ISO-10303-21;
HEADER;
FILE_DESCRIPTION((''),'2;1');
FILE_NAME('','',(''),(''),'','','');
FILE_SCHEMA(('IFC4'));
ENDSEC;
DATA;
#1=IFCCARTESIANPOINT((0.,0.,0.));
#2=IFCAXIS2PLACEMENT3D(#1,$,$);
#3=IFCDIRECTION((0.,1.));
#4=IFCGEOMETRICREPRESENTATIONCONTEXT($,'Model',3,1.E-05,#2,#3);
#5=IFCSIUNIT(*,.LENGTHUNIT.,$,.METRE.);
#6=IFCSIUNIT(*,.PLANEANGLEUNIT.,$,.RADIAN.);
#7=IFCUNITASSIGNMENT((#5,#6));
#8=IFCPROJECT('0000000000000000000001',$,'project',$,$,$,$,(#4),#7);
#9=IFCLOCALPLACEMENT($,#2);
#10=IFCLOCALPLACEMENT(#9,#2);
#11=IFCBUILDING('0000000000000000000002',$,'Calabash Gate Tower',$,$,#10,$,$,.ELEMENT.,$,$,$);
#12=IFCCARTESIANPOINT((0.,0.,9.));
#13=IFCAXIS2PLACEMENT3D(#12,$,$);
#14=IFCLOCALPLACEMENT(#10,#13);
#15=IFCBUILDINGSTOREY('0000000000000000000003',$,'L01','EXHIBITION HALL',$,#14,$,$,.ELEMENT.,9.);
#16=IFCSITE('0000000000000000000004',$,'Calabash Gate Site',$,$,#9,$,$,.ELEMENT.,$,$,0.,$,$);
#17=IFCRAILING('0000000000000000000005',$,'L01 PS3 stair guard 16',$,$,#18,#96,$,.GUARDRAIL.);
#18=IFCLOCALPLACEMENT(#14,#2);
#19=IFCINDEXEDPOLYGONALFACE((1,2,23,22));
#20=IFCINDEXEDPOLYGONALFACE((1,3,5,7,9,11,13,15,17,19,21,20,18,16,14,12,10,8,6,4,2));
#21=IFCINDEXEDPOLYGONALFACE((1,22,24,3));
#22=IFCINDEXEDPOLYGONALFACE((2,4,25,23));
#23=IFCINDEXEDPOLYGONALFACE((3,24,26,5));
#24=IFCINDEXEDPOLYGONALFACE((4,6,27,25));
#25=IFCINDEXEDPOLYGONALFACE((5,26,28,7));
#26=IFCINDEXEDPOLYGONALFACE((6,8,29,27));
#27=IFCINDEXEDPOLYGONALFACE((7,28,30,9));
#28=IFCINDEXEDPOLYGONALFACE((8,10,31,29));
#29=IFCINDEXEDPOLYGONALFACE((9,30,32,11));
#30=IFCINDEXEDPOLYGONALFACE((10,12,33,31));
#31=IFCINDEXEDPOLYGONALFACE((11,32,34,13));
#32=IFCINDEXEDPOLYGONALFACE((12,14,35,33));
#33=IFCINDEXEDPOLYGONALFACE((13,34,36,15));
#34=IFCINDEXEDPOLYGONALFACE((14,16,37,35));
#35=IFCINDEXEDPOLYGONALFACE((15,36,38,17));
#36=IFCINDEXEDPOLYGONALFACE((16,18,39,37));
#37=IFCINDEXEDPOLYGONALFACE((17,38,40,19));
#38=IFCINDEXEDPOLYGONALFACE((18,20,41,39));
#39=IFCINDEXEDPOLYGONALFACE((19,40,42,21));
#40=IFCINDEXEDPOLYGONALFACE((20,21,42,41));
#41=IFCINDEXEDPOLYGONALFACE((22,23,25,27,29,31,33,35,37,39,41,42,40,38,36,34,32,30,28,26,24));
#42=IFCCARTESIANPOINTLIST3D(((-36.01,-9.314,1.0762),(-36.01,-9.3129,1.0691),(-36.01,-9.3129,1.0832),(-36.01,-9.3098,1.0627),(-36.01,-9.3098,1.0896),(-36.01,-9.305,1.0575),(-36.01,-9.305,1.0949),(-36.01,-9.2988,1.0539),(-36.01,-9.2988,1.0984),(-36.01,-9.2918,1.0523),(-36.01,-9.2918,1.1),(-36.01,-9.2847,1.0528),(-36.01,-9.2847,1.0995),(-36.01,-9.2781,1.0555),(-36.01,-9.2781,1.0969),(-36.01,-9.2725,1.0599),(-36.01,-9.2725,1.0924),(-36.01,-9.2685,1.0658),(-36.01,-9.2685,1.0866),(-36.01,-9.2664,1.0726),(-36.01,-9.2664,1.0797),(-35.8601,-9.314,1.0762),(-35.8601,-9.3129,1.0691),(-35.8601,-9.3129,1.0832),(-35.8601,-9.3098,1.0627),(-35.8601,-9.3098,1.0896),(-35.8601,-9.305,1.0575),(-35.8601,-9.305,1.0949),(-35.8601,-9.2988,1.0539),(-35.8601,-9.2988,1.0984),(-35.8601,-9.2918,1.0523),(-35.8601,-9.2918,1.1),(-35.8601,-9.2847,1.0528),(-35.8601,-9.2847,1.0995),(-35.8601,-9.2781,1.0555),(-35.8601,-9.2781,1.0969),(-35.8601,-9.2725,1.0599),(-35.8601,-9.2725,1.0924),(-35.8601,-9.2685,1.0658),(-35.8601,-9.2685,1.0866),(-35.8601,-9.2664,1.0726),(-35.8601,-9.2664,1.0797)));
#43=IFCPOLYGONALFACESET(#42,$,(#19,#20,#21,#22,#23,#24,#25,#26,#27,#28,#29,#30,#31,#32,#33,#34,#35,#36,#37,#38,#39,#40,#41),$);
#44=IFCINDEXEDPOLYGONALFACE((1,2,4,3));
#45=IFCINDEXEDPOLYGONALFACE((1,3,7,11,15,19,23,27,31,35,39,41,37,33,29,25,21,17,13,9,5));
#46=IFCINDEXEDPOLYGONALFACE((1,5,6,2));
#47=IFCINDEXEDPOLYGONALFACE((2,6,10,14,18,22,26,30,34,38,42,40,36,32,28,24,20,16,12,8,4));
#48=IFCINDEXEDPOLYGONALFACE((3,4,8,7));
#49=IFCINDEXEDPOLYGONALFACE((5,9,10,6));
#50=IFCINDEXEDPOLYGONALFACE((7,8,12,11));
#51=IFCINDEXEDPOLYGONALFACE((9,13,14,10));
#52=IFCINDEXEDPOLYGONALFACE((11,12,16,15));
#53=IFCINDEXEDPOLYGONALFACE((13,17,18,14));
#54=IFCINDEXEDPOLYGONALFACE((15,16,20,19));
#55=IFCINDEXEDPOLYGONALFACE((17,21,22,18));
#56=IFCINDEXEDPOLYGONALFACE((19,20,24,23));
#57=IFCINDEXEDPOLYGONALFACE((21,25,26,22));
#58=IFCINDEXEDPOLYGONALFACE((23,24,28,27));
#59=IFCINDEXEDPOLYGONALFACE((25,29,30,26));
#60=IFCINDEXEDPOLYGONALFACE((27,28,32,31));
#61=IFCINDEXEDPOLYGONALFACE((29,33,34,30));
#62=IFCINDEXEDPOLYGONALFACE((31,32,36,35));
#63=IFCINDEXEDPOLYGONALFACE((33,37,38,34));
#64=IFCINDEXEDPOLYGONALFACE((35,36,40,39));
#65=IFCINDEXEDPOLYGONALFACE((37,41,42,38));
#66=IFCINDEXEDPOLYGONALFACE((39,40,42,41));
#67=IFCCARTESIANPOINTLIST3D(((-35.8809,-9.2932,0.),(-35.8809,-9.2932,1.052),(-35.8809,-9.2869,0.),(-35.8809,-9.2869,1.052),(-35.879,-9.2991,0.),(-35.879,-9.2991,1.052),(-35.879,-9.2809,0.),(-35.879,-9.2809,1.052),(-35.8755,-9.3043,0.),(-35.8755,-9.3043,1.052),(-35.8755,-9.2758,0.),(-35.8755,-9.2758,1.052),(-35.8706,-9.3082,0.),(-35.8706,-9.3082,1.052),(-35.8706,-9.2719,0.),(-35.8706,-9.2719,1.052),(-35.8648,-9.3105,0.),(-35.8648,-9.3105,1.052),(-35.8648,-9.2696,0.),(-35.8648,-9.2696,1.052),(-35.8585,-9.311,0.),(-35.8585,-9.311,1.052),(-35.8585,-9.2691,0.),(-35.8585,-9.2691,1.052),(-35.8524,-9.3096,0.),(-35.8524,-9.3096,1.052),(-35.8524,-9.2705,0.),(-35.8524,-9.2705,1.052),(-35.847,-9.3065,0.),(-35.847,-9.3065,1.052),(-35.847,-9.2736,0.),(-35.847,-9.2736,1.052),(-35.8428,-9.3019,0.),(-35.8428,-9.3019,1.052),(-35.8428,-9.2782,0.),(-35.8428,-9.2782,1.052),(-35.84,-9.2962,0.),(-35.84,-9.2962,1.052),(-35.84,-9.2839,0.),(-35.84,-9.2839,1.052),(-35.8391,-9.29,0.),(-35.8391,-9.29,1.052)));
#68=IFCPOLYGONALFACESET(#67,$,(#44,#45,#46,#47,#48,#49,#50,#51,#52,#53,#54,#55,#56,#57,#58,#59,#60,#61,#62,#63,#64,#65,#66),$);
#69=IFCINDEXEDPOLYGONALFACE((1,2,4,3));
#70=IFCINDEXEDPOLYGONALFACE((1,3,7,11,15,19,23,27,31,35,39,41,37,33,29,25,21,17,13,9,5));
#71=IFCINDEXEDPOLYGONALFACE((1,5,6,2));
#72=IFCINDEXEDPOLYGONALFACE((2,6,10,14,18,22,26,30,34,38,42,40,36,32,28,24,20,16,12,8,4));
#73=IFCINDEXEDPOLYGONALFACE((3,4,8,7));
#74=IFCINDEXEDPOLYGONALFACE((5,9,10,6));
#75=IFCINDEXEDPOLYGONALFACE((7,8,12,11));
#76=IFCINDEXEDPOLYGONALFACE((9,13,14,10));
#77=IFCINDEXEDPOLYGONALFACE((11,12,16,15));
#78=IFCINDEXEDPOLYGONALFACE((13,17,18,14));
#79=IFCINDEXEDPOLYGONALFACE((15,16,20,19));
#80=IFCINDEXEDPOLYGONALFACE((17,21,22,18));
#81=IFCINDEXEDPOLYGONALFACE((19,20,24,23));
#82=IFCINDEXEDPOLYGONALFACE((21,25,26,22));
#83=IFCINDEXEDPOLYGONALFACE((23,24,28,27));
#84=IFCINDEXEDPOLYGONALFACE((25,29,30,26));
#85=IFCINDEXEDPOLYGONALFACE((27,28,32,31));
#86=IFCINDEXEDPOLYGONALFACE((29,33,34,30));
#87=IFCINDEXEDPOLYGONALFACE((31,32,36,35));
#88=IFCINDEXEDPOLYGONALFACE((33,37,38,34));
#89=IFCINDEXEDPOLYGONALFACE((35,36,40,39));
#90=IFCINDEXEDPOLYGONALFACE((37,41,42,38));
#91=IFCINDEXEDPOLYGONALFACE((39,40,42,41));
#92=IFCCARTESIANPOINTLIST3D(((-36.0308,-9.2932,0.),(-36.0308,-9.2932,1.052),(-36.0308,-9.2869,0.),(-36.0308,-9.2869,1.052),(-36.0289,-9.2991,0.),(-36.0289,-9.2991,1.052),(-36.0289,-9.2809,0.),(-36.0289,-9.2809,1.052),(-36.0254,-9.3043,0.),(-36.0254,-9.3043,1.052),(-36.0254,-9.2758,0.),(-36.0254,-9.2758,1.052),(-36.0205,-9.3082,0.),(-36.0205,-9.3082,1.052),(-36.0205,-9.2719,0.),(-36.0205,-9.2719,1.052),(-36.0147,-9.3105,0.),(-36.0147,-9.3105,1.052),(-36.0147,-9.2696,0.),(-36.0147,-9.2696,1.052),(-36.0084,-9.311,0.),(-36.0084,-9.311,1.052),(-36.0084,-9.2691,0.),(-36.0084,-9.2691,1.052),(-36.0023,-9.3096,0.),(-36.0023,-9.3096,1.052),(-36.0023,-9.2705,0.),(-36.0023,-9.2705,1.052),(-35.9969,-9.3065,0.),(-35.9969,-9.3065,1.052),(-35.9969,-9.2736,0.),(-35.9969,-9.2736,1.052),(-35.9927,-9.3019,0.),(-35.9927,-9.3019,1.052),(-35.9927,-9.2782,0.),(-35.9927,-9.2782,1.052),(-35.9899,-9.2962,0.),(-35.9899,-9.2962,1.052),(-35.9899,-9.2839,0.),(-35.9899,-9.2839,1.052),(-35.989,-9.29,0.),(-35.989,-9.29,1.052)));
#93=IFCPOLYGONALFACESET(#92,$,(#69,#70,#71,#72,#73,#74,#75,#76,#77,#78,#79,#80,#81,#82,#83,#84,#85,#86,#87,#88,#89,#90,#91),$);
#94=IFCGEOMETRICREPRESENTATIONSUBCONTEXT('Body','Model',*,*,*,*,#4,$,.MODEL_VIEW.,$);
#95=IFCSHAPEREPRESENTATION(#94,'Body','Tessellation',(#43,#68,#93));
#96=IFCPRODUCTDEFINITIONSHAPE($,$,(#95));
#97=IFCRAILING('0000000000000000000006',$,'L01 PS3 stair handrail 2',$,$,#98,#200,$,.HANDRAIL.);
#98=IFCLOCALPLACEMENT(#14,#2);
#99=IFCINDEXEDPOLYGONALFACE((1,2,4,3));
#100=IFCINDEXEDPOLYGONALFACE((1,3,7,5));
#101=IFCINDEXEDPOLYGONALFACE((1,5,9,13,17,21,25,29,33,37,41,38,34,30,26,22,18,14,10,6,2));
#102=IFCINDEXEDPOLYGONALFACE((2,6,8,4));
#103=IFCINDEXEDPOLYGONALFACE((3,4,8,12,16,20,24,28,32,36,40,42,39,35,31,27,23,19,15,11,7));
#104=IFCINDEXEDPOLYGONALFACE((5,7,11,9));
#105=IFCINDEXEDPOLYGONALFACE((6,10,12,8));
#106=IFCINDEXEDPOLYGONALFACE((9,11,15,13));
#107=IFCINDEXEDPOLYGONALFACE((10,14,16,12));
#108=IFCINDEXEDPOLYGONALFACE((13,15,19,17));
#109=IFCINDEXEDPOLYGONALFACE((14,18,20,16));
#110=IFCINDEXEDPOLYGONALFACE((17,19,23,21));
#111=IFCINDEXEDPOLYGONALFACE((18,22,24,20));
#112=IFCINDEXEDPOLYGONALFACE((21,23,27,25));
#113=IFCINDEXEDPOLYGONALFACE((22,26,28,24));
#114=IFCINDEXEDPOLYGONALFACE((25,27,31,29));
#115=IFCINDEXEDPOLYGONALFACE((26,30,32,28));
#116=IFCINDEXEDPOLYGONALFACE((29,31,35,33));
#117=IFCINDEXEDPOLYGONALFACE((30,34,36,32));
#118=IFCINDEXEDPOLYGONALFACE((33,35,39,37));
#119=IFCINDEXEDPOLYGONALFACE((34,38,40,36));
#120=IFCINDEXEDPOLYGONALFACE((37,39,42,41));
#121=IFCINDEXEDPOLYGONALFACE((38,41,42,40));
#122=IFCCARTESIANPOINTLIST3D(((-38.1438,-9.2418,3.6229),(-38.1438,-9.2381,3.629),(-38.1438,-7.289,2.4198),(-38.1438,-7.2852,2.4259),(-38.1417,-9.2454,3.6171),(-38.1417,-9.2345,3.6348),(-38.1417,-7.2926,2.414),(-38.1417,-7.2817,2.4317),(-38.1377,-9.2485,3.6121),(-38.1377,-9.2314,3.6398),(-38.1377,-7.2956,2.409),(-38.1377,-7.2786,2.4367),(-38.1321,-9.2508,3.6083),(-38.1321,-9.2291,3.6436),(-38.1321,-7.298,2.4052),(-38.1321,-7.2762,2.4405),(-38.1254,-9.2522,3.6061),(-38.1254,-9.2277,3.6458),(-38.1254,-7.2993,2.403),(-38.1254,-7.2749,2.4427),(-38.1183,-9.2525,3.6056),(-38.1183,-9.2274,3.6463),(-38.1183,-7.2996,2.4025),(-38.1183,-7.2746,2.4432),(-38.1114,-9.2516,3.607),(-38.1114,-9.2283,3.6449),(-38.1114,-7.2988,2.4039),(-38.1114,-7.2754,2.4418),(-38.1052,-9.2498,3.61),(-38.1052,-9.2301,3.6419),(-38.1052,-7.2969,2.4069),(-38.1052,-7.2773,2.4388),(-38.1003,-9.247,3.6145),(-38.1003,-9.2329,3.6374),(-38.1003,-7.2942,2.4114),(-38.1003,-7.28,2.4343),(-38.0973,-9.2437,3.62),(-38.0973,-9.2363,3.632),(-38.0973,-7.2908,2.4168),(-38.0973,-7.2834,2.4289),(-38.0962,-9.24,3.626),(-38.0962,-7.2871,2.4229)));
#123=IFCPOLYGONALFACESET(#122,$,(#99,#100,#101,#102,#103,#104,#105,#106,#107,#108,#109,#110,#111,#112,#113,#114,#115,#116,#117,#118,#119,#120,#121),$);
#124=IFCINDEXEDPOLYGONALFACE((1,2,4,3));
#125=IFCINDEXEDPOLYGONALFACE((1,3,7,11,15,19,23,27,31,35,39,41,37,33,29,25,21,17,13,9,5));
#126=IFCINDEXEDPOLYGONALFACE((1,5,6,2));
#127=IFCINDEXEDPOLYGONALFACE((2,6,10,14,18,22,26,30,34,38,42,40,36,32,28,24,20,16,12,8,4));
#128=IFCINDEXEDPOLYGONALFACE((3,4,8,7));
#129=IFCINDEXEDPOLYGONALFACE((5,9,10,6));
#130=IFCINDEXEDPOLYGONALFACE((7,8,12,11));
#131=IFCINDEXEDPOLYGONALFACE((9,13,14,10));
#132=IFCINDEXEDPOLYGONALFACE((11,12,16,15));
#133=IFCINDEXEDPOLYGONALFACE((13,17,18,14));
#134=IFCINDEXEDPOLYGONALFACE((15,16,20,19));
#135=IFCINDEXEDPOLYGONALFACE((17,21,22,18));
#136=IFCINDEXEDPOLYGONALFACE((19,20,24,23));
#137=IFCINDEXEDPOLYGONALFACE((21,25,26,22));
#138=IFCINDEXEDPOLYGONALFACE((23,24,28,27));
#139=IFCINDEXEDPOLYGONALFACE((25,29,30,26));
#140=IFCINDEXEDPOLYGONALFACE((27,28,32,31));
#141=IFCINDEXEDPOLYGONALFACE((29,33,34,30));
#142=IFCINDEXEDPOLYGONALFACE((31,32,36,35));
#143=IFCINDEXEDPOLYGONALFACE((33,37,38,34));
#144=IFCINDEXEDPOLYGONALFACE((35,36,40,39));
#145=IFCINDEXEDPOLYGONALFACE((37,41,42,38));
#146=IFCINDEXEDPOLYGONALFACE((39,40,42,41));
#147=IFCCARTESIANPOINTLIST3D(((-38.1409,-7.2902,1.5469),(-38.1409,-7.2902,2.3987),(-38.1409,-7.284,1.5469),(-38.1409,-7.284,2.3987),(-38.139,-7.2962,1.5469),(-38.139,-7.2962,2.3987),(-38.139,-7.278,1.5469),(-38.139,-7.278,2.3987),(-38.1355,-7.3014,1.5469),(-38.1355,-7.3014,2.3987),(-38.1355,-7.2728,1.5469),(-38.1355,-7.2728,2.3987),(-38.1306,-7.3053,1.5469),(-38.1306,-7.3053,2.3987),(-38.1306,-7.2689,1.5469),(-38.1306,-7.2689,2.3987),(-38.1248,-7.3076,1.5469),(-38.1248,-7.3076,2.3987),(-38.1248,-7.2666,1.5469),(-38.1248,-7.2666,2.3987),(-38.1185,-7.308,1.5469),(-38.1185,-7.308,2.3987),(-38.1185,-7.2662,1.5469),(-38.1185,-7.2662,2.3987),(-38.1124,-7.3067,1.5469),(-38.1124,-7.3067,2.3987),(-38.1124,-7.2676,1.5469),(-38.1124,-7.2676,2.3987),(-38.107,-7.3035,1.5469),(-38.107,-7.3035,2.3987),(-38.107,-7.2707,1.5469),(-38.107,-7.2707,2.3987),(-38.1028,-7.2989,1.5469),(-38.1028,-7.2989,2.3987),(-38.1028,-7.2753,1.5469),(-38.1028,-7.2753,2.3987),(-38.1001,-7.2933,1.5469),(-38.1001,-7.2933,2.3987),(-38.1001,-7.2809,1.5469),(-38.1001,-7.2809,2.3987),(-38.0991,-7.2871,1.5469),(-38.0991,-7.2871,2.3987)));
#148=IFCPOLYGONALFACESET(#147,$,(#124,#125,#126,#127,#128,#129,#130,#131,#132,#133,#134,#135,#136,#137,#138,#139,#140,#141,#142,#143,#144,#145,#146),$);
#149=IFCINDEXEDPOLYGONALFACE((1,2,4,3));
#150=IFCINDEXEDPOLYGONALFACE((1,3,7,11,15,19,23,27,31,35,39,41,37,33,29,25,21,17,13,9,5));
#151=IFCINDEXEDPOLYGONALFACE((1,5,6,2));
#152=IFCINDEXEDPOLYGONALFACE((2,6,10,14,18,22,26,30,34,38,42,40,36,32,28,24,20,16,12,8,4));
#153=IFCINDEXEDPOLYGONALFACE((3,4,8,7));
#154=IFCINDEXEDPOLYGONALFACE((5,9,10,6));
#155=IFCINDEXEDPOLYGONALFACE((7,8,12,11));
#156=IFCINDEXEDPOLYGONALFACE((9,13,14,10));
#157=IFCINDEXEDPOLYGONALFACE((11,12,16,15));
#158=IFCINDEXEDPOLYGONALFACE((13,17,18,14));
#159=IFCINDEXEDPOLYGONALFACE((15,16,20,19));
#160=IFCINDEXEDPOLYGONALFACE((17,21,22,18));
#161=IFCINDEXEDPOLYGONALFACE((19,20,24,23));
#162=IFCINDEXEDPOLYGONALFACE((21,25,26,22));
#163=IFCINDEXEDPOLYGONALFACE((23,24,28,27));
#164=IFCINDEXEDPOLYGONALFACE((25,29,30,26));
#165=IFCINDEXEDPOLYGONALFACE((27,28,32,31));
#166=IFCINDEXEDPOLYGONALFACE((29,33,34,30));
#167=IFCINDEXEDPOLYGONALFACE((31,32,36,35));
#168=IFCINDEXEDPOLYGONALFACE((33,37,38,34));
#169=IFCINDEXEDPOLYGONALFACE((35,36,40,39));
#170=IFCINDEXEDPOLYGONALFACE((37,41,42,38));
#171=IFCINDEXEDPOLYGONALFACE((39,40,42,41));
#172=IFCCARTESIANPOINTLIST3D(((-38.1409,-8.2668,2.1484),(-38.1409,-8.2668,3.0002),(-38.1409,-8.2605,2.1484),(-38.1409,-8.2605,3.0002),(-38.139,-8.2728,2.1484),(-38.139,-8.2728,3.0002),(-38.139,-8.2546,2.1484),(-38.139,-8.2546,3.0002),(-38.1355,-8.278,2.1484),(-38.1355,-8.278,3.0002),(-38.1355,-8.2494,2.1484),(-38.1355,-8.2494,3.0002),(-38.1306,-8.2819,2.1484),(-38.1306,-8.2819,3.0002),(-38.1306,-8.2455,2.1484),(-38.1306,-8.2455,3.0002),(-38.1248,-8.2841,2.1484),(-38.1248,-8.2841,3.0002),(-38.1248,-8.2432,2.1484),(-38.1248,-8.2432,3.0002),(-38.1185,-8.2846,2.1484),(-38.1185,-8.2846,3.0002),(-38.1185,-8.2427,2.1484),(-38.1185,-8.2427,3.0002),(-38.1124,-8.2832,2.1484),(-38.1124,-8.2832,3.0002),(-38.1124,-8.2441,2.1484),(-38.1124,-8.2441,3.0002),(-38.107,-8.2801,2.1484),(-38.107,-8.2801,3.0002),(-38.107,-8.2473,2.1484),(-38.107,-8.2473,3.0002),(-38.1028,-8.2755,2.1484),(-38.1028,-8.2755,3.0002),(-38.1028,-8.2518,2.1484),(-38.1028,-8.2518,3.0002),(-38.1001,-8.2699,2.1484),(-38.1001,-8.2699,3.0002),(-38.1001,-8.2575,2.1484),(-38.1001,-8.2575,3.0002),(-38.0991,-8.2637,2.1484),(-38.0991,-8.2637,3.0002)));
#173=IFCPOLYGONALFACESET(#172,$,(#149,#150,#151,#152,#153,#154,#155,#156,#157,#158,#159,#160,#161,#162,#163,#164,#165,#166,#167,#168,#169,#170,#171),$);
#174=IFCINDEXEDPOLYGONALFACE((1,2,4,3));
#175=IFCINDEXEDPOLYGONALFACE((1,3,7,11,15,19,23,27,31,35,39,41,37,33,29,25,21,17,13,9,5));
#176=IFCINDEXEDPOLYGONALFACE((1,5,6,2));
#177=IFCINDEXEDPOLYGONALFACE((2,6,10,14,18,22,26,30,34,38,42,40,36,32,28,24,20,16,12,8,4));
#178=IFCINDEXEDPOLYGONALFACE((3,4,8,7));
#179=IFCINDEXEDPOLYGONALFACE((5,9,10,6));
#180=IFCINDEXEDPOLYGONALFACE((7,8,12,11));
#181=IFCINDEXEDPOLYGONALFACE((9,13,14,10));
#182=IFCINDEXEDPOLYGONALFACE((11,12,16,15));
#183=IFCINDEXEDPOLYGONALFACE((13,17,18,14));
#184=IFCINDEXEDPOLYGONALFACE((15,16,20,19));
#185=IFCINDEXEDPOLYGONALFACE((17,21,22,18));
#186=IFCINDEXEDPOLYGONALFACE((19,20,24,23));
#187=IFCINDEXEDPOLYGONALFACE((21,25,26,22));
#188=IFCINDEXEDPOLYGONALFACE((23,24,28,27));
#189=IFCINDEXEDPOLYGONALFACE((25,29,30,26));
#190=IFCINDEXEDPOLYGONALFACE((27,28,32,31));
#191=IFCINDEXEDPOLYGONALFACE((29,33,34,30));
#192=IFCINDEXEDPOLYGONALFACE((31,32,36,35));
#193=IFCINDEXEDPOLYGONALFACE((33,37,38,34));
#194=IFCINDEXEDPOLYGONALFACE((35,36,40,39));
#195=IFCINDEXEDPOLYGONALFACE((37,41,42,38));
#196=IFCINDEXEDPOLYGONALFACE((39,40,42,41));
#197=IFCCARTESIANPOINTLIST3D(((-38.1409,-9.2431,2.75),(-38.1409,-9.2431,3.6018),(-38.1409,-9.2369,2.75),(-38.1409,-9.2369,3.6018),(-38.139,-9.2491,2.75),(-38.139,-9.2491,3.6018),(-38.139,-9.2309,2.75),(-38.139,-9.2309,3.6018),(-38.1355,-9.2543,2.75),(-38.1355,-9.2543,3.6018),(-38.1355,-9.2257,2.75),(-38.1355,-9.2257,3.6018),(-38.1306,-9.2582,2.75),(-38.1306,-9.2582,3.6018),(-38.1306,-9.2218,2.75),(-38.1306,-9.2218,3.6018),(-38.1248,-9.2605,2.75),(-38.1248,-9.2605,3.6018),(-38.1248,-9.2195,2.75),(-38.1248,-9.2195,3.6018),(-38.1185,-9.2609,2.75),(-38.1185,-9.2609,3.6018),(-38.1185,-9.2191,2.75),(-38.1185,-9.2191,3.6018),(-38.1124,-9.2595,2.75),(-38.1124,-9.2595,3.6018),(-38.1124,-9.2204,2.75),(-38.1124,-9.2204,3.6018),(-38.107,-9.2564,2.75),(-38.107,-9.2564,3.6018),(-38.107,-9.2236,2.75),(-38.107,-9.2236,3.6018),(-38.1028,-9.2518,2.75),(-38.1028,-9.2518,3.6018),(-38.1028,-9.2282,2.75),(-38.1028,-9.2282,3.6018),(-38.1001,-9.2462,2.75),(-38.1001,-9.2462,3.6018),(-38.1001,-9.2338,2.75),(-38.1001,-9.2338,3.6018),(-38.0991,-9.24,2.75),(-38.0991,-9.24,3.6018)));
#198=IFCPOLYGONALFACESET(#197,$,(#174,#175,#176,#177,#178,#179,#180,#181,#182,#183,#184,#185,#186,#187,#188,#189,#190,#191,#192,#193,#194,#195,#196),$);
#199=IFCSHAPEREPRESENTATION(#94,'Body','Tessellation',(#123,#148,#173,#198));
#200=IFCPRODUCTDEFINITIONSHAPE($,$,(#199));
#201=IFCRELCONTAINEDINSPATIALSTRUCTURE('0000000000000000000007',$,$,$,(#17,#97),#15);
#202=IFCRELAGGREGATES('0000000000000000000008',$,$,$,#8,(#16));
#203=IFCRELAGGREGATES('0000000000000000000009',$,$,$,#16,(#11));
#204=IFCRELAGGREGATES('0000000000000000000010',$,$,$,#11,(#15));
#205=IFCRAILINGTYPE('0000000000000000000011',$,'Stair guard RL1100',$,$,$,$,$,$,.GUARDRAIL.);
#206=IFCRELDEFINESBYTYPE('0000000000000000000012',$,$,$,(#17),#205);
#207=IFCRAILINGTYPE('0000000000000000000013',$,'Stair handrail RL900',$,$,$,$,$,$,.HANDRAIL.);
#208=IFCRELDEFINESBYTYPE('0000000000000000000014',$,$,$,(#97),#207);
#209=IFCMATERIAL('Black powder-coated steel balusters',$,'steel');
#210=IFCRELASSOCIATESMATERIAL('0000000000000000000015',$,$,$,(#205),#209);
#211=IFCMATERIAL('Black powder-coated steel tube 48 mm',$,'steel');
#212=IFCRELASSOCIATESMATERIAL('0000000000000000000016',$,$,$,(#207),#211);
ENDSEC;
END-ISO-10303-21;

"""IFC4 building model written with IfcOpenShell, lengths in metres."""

from ifc_helpers import new_model, si_unit, direction, frame, origin, origin_2d, place, context, subcontext, project, spatial, circle, extrude, material, type_object, element, save


model = new_model("IFC4")

# Units and contexts
model_context = context("Model", 3, precision=1e-05, world=origin(), true_north=direction((0.0, 1.0)))
body_context = subcontext(model_context, "Body", "Model", "MODEL_VIEW")
ifc_project = project(units=[si_unit("LENGTHUNIT", "METRE"), si_unit("PLANEANGLEUNIT", "RADIAN")], contexts=[model_context])

# Site, building, storey
site_placement = place(None, origin())
site = spatial("IfcSite", under=ifc_project, at=site_placement, Name="Calabash Gate Site", CompositionType="ELEMENT", RefElevation=0.0)
building_placement = place(site_placement, origin())
building = spatial("IfcBuilding", under=site, at=building_placement, Name="Calabash Gate Tower", CompositionType="ELEMENT")
storey_placement = place(building_placement, frame((0.0, 0.0, 9.0)))
storey = spatial("IfcBuildingStorey", under=building, at=storey_placement, Name="L01", Description="EXHIBITION HALL", CompositionType="ELEMENT", Elevation=9.0)

# Railings
ifc_material_1 = material(Name="Black powder-coated steel balusters", Category="steel")
railing_type_1 = type_object("IfcRailingType", Name="Stair guard RL1100", PredefinedType="GUARDRAIL", material=ifc_material_1)
railing_1_placement = place(storey_placement, frame((-35.8601, -9.29, 0.0)))
element("IfcRailing", 1, at=railing_1_placement, inside=storey, type_object=railing_type_1, Name="L01 PS3 stair guard 16", PredefinedType="GUARDRAIL", context=body_context, shape_type="SweptSolid", body=[
    extrude(circle(Radius=0.0239, at=origin_2d()), frame((0.0, 0.0, 1.0762), z_axis=(-1.0, 0.0, 0.0), x_axis=(0.0, -1.0, 0.0)), (0.0, 0.0, 1.0), 0.1499),
    extrude(circle(Radius=0.021, at=origin_2d()), origin(), (0.0, 0.0, 1.0), 1.052),
    extrude(circle(Radius=0.021, at=origin_2d()), frame((-0.1499, 0.0, 0.0)), (0.0, 0.0, 1.0), 1.052),
])
ifc_material_2 = material(Name="Black powder-coated steel tube 48 mm", Category="steel")
railing_type_2 = type_object("IfcRailingType", Name="Stair handrail RL900", PredefinedType="HANDRAIL", material=ifc_material_2)
for number, where, name in (
    (2, (-38.1201, -7.2871, 1.5469), "L01 PS3 stair handrail 2"),
):
    element("IfcRailing", number, at=place(storey_placement, frame(where)), inside=storey, type_object=railing_type_2, Name=name, PredefinedType="HANDRAIL", context=body_context, shape_type="SweptSolid", body=[
        extrude(circle(Radius=0.0239, at=origin_2d()), frame((0.0, 0.0, 0.876), z_axis=(0.0, -0.851395, 0.524525), x_axis=(1.0, 0.0, 0.0)), (0.0, 0.0, 1.0), 2.2937),
        extrude(circle(Radius=0.021, at=origin_2d()), origin(), (0.0, 0.0, 1.0), 0.8518),
        extrude(circle(Radius=0.021, at=origin_2d()), frame((0.0, -0.9766, 0.6016)), (0.0, 0.0, 1.0), 0.8518),
        extrude(circle(Radius=0.021, at=origin_2d()), frame((0.0, -1.9529, 1.2031)), (0.0, 0.0, 1.0), 0.8518),
    ])

save(model, "model.ifc")
